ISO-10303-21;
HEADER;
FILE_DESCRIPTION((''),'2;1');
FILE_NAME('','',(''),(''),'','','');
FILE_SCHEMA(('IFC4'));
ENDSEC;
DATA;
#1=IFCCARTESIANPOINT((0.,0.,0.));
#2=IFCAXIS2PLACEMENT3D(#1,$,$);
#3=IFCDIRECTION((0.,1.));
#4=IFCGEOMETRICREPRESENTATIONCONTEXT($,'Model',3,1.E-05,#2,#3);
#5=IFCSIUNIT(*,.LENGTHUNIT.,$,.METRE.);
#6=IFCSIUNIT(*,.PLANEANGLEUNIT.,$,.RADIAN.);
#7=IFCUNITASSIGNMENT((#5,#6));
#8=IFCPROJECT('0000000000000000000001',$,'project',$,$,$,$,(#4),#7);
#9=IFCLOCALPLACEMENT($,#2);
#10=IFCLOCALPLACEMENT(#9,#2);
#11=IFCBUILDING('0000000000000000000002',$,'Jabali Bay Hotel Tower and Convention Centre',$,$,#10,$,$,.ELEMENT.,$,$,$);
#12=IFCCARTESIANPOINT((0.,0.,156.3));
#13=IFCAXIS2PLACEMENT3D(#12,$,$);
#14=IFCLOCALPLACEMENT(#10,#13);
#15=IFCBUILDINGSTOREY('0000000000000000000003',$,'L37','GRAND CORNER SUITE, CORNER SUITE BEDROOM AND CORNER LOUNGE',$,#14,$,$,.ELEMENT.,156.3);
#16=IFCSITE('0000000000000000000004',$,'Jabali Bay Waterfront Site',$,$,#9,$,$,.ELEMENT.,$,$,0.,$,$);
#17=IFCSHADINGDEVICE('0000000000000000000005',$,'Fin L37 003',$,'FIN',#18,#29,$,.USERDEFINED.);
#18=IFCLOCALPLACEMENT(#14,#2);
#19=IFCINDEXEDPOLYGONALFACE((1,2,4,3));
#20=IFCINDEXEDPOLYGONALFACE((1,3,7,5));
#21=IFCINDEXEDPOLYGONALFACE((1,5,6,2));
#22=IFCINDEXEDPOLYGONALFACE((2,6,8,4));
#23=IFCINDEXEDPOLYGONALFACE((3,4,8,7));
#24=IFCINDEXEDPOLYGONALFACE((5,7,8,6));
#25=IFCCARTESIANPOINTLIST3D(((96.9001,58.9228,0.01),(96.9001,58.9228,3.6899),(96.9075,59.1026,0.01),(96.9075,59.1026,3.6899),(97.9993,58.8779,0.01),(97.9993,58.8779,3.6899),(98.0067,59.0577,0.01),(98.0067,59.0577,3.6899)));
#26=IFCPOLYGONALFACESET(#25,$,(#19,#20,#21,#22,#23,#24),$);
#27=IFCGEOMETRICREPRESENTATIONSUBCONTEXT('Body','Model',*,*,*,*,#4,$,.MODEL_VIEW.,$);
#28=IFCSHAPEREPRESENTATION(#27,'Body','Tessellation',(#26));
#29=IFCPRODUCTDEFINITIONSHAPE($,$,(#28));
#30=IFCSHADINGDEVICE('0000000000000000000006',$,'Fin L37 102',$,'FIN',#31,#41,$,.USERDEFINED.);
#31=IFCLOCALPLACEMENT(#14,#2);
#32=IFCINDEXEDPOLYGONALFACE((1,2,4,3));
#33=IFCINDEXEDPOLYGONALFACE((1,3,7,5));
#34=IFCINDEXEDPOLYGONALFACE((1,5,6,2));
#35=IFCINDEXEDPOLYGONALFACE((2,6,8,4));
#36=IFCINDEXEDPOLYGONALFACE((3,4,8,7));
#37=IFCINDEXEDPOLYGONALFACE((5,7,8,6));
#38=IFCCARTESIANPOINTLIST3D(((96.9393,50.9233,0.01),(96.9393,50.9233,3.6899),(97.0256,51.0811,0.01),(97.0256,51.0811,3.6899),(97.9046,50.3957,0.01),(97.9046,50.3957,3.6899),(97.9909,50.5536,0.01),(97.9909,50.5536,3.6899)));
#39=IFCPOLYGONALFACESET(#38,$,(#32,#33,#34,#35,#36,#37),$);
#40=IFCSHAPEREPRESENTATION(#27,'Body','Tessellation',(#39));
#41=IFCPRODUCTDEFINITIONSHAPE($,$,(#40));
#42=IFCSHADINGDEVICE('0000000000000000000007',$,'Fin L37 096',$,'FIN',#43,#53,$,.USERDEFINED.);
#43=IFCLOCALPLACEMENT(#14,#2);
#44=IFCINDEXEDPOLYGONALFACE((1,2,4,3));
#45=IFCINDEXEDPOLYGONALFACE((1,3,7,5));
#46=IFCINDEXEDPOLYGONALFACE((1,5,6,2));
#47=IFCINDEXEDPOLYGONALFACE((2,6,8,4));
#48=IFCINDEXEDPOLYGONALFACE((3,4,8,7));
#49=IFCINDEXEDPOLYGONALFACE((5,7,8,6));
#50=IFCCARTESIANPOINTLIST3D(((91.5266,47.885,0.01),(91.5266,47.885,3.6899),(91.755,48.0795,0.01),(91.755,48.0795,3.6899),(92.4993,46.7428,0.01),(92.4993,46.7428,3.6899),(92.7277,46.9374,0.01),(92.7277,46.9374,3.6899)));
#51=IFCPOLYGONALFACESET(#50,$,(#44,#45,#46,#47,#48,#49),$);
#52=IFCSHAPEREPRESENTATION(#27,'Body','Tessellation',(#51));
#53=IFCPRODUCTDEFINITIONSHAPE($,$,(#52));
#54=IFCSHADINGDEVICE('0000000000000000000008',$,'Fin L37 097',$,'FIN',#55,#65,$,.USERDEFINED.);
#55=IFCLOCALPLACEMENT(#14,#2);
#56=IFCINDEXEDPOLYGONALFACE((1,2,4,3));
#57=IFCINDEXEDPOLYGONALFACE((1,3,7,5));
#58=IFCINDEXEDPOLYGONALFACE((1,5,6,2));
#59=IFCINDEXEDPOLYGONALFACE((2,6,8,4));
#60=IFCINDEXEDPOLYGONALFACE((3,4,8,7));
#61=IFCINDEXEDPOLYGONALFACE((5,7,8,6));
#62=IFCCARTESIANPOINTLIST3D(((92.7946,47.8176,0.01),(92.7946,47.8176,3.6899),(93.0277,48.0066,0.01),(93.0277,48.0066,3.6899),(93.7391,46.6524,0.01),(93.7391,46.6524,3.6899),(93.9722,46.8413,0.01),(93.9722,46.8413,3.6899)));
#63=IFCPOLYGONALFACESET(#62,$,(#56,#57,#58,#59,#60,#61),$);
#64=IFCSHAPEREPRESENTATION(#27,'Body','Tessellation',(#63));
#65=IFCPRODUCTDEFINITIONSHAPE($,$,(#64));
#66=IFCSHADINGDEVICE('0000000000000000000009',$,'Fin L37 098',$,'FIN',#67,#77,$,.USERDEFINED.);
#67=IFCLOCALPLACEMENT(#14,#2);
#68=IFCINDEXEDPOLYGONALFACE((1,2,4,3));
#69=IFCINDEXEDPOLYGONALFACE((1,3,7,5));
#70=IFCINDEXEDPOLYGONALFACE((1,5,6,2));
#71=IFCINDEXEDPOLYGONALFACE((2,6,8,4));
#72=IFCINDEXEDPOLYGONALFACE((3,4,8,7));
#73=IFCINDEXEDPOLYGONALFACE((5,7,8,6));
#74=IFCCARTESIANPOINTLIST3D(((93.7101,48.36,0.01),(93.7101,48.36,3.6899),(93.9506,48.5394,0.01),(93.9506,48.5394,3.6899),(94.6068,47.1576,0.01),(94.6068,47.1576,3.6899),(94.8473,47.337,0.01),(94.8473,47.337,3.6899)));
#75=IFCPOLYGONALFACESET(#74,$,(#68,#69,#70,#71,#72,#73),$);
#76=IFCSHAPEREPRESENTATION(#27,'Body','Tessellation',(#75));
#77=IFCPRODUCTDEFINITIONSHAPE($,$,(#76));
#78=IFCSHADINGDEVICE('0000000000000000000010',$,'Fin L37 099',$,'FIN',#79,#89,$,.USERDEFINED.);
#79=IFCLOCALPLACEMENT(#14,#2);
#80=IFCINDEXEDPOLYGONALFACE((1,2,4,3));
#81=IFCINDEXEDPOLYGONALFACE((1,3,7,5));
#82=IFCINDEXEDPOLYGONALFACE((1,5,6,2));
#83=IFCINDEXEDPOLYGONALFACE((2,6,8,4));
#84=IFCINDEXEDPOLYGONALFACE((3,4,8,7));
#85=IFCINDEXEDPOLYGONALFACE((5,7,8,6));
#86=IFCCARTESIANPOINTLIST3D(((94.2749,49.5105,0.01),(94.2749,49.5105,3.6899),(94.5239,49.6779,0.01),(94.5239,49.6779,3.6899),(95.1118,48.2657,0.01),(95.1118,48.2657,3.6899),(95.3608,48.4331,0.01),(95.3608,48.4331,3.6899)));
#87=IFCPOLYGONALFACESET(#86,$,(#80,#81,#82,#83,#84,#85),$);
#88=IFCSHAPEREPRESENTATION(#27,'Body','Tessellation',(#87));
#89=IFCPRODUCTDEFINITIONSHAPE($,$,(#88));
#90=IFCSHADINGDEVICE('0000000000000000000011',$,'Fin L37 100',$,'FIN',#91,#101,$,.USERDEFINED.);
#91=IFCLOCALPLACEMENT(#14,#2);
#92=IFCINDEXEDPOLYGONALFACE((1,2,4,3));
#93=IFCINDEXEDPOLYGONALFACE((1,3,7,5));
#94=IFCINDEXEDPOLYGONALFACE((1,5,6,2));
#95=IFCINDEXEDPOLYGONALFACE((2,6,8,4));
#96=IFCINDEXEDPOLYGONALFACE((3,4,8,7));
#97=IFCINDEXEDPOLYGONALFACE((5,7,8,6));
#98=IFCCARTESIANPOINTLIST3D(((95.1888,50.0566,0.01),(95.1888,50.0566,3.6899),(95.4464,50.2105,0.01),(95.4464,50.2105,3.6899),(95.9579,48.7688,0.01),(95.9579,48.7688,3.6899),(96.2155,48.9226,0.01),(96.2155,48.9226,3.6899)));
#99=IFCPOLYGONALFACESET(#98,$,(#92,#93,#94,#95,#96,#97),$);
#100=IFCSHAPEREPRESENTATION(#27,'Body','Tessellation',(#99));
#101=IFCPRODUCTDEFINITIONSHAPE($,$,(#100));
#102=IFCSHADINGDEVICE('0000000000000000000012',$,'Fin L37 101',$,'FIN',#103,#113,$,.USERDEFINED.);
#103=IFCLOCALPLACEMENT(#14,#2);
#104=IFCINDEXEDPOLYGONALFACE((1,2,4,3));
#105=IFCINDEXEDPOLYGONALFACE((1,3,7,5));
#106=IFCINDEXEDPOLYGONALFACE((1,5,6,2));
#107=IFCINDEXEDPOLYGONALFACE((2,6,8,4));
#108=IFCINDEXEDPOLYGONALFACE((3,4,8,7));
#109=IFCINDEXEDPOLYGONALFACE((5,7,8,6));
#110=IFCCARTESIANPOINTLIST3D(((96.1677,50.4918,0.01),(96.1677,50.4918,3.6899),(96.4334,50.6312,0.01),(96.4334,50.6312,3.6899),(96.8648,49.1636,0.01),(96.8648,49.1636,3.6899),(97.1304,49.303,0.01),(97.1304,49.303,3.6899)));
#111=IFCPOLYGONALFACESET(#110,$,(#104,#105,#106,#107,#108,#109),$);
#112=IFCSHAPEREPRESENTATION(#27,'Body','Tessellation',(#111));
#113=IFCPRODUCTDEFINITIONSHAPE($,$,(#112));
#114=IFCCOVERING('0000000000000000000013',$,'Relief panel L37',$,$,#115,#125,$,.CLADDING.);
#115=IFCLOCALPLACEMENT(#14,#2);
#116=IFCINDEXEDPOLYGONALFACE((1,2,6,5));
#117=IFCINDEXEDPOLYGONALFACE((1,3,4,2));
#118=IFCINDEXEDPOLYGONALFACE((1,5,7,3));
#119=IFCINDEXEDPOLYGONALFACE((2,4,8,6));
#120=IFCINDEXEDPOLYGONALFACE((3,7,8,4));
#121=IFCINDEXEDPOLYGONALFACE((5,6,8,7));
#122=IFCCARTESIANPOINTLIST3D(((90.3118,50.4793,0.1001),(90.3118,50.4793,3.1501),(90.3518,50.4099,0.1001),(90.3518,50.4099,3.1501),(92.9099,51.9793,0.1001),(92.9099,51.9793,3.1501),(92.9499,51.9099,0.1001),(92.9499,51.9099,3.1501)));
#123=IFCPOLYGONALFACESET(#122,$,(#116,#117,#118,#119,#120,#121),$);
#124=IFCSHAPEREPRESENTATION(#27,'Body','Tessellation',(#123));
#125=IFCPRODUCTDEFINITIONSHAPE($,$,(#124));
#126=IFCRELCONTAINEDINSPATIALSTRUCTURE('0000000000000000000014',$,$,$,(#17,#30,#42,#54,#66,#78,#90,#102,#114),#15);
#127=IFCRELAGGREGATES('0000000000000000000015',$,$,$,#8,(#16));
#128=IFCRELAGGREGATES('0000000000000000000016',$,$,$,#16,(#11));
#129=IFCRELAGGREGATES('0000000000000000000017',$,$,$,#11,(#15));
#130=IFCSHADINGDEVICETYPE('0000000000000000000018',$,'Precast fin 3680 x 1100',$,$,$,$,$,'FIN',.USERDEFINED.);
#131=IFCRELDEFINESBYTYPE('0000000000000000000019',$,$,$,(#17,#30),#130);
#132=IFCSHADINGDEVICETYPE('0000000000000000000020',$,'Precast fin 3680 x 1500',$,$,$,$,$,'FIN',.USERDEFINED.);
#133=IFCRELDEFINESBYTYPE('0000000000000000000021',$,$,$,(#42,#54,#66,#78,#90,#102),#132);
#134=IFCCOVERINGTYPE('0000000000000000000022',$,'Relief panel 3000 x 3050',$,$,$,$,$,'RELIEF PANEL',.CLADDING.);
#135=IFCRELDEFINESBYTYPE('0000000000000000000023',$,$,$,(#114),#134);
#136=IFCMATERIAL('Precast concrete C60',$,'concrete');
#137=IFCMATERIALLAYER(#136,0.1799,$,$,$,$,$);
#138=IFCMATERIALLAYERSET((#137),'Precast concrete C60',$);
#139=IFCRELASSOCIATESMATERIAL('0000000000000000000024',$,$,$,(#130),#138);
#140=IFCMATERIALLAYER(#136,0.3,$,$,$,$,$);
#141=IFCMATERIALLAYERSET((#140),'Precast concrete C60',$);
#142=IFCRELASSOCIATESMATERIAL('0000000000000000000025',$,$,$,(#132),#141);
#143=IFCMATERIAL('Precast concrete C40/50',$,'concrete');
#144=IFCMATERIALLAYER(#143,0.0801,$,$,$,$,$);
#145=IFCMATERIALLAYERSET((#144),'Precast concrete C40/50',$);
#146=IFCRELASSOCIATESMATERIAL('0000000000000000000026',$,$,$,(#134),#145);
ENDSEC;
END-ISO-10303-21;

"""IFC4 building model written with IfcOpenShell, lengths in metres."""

from ifc_helpers import new_model, si_unit, direction, frame, frame_2d, origin, origin_2d, place, context, subcontext, project, spatial, rectangle, extrude, material, layer, layer_set, type_object, element, save


model = new_model("IFC4")

# Units and contexts
model_context = context("Model", 3, precision=1e-05, world=origin(), true_north=direction((0.0, 1.0)))
body_context = subcontext(model_context, "Body", "Model", "MODEL_VIEW")
ifc_project = project(units=[si_unit("LENGTHUNIT", "METRE"), si_unit("PLANEANGLEUNIT", "RADIAN")], contexts=[model_context])

# Site, building, storey
site_placement = place(None, origin())
site = spatial("IfcSite", under=ifc_project, at=site_placement, Name="Jabali Bay Waterfront Site", CompositionType="ELEMENT", RefElevation=0.0)
building_placement = place(site_placement, origin())
building = spatial("IfcBuilding", under=site, at=building_placement, Name="Jabali Bay Hotel Tower and Convention Centre", CompositionType="ELEMENT")
storey_placement = place(building_placement, frame((0.0, 0.0, 156.3)))
storey = spatial("IfcBuildingStorey", under=building, at=storey_placement, Name="L37", Description="GRAND CORNER SUITE, CORNER SUITE BEDROOM AND CORNER LOUNGE", CompositionType="ELEMENT", Elevation=156.3)

# Shading devices
ifc_material_1 = material(Name="Precast concrete C60", Category="concrete")
ifc_layer_1 = layer(ifc_material_1, 0.1799)
ifc_layer_set_1 = layer_set([ifc_layer_1], Name="Precast concrete C60")
shading_device_type_1 = type_object("IfcShadingDeviceType", Name="Precast fin 3680 x 1100", ElementType="FIN", PredefinedType="USERDEFINED", material=ifc_layer_set_1)
for number, where, z_axis, x_axis, name in (
    (1, (96.9038, 59.0127, 0.01), (0.0, 0.0, 1.0), (0.999166, -0.040837, 0.0), "Fin L37 003"),
    (2, (96.9824, 51.0022, 0.01), (0.0, 0.0, 1.0), (0.877497, -0.479583, 0.0), "Fin L37 102"),
):
    element("IfcShadingDevice", number, at=place(storey_placement, frame(where, z_axis=z_axis, x_axis=x_axis)), inside=storey, type_object=shading_device_type_1, Name=name, ObjectType="FIN", PredefinedType="USERDEFINED", context=body_context, shape_type="SweptSolid", body=[
        extrude(rectangle(XDim=1.1001, YDim=0.1799, at=frame_2d((0.55, 0.0))), origin(), (0.0, 0.0, 1.0), 3.6799),
    ])
ifc_layer_2 = layer(ifc_material_1, 0.3)
ifc_layer_set_2 = layer_set([ifc_layer_2], Name="Precast concrete C60")
shading_device_type_2 = type_object("IfcShadingDeviceType", Name="Precast fin 3680 x 1500", ElementType="FIN", PredefinedType="USERDEFINED", material=ifc_layer_set_2)
shading_device_placement = place(storey_placement, frame((91.6409, 47.9822, 0.01), z_axis=(0.0, 0.0, 1.0), x_axis=(0.648376, -0.761321, 0.0)))
element("IfcShadingDevice", 3, at=shading_device_placement, inside=storey, type_object=shading_device_type_2, Name="Fin L37 096", ObjectType="FIN", PredefinedType="USERDEFINED", context=body_context, shape_type="SweptSolid", body=[
    extrude(rectangle(XDim=1.5002, YDim=0.3, at=frame_2d((0.75, 0.0))), origin(), (0.0, 0.0, 1.0), 3.6799),
])
for number, where, z_axis, x_axis, name in (
    (4, (92.9111, 47.9121, 0.01), (0.0, 0.0, 1.0), (0.629704, -0.776835, 0.0), "Fin L37 097"),
    (5, (93.8303, 48.4497, 0.01), (0.0, 0.0, 1.0), (0.597836, -0.801618, 0.0), "Fin L37 098"),
    (6, (94.3994, 49.5942, 0.01), (0.0, 0.0, 1.0), (0.557926, -0.829891, 0.0), "Fin L37 099"),
    (7, (95.3176, 50.1335, 0.01), (0.0, 0.0, 1.0), (0.512699, -0.858568, 0.0), "Fin L37 100"),
    (8, (96.3005, 50.5615, 0.01), (0.0, 0.0, 1.0), (0.464706, -0.885465, 0.0), "Fin L37 101"),
):
    element("IfcShadingDevice", number, at=place(storey_placement, frame(where, z_axis=z_axis, x_axis=x_axis)), inside=storey, type_object=shading_device_type_2, Name=name, ObjectType="FIN", PredefinedType="USERDEFINED", context=body_context, shape_type="SweptSolid", body=[
        extrude(rectangle(XDim=1.5, YDim=0.3, at=frame_2d((0.75, 0.0))), origin(), (0.0, 0.0, 1.0), 3.6799),
    ])

# Covering
ifc_material_2 = material(Name="Precast concrete C40/50", Category="concrete")
ifc_layer_3 = layer(ifc_material_2, 0.0801)
ifc_layer_set_3 = layer_set([ifc_layer_3], Name="Precast concrete C40/50")
covering_type = type_object("IfcCoveringType", Name="Relief panel 3000 x 3050", ElementType="RELIEF PANEL", PredefinedType="CLADDING", material=ifc_layer_set_3)
covering_placement = place(storey_placement, frame((91.6309, 51.1946, 0.1001), z_axis=(0.0, 0.0, 1.0), x_axis=(-0.866025, -0.5, 0.0)))
element("IfcCovering", 9, at=covering_placement, inside=storey, type_object=covering_type, Name="Relief panel L37", PredefinedType="CLADDING", context=body_context, shape_type="SweptSolid", body=[
    extrude(rectangle(XDim=3.0, YDim=0.0801, at=origin_2d()), origin(), (0.0, 0.0, 1.0), 3.05),
])

save(model, "model.ifc")
